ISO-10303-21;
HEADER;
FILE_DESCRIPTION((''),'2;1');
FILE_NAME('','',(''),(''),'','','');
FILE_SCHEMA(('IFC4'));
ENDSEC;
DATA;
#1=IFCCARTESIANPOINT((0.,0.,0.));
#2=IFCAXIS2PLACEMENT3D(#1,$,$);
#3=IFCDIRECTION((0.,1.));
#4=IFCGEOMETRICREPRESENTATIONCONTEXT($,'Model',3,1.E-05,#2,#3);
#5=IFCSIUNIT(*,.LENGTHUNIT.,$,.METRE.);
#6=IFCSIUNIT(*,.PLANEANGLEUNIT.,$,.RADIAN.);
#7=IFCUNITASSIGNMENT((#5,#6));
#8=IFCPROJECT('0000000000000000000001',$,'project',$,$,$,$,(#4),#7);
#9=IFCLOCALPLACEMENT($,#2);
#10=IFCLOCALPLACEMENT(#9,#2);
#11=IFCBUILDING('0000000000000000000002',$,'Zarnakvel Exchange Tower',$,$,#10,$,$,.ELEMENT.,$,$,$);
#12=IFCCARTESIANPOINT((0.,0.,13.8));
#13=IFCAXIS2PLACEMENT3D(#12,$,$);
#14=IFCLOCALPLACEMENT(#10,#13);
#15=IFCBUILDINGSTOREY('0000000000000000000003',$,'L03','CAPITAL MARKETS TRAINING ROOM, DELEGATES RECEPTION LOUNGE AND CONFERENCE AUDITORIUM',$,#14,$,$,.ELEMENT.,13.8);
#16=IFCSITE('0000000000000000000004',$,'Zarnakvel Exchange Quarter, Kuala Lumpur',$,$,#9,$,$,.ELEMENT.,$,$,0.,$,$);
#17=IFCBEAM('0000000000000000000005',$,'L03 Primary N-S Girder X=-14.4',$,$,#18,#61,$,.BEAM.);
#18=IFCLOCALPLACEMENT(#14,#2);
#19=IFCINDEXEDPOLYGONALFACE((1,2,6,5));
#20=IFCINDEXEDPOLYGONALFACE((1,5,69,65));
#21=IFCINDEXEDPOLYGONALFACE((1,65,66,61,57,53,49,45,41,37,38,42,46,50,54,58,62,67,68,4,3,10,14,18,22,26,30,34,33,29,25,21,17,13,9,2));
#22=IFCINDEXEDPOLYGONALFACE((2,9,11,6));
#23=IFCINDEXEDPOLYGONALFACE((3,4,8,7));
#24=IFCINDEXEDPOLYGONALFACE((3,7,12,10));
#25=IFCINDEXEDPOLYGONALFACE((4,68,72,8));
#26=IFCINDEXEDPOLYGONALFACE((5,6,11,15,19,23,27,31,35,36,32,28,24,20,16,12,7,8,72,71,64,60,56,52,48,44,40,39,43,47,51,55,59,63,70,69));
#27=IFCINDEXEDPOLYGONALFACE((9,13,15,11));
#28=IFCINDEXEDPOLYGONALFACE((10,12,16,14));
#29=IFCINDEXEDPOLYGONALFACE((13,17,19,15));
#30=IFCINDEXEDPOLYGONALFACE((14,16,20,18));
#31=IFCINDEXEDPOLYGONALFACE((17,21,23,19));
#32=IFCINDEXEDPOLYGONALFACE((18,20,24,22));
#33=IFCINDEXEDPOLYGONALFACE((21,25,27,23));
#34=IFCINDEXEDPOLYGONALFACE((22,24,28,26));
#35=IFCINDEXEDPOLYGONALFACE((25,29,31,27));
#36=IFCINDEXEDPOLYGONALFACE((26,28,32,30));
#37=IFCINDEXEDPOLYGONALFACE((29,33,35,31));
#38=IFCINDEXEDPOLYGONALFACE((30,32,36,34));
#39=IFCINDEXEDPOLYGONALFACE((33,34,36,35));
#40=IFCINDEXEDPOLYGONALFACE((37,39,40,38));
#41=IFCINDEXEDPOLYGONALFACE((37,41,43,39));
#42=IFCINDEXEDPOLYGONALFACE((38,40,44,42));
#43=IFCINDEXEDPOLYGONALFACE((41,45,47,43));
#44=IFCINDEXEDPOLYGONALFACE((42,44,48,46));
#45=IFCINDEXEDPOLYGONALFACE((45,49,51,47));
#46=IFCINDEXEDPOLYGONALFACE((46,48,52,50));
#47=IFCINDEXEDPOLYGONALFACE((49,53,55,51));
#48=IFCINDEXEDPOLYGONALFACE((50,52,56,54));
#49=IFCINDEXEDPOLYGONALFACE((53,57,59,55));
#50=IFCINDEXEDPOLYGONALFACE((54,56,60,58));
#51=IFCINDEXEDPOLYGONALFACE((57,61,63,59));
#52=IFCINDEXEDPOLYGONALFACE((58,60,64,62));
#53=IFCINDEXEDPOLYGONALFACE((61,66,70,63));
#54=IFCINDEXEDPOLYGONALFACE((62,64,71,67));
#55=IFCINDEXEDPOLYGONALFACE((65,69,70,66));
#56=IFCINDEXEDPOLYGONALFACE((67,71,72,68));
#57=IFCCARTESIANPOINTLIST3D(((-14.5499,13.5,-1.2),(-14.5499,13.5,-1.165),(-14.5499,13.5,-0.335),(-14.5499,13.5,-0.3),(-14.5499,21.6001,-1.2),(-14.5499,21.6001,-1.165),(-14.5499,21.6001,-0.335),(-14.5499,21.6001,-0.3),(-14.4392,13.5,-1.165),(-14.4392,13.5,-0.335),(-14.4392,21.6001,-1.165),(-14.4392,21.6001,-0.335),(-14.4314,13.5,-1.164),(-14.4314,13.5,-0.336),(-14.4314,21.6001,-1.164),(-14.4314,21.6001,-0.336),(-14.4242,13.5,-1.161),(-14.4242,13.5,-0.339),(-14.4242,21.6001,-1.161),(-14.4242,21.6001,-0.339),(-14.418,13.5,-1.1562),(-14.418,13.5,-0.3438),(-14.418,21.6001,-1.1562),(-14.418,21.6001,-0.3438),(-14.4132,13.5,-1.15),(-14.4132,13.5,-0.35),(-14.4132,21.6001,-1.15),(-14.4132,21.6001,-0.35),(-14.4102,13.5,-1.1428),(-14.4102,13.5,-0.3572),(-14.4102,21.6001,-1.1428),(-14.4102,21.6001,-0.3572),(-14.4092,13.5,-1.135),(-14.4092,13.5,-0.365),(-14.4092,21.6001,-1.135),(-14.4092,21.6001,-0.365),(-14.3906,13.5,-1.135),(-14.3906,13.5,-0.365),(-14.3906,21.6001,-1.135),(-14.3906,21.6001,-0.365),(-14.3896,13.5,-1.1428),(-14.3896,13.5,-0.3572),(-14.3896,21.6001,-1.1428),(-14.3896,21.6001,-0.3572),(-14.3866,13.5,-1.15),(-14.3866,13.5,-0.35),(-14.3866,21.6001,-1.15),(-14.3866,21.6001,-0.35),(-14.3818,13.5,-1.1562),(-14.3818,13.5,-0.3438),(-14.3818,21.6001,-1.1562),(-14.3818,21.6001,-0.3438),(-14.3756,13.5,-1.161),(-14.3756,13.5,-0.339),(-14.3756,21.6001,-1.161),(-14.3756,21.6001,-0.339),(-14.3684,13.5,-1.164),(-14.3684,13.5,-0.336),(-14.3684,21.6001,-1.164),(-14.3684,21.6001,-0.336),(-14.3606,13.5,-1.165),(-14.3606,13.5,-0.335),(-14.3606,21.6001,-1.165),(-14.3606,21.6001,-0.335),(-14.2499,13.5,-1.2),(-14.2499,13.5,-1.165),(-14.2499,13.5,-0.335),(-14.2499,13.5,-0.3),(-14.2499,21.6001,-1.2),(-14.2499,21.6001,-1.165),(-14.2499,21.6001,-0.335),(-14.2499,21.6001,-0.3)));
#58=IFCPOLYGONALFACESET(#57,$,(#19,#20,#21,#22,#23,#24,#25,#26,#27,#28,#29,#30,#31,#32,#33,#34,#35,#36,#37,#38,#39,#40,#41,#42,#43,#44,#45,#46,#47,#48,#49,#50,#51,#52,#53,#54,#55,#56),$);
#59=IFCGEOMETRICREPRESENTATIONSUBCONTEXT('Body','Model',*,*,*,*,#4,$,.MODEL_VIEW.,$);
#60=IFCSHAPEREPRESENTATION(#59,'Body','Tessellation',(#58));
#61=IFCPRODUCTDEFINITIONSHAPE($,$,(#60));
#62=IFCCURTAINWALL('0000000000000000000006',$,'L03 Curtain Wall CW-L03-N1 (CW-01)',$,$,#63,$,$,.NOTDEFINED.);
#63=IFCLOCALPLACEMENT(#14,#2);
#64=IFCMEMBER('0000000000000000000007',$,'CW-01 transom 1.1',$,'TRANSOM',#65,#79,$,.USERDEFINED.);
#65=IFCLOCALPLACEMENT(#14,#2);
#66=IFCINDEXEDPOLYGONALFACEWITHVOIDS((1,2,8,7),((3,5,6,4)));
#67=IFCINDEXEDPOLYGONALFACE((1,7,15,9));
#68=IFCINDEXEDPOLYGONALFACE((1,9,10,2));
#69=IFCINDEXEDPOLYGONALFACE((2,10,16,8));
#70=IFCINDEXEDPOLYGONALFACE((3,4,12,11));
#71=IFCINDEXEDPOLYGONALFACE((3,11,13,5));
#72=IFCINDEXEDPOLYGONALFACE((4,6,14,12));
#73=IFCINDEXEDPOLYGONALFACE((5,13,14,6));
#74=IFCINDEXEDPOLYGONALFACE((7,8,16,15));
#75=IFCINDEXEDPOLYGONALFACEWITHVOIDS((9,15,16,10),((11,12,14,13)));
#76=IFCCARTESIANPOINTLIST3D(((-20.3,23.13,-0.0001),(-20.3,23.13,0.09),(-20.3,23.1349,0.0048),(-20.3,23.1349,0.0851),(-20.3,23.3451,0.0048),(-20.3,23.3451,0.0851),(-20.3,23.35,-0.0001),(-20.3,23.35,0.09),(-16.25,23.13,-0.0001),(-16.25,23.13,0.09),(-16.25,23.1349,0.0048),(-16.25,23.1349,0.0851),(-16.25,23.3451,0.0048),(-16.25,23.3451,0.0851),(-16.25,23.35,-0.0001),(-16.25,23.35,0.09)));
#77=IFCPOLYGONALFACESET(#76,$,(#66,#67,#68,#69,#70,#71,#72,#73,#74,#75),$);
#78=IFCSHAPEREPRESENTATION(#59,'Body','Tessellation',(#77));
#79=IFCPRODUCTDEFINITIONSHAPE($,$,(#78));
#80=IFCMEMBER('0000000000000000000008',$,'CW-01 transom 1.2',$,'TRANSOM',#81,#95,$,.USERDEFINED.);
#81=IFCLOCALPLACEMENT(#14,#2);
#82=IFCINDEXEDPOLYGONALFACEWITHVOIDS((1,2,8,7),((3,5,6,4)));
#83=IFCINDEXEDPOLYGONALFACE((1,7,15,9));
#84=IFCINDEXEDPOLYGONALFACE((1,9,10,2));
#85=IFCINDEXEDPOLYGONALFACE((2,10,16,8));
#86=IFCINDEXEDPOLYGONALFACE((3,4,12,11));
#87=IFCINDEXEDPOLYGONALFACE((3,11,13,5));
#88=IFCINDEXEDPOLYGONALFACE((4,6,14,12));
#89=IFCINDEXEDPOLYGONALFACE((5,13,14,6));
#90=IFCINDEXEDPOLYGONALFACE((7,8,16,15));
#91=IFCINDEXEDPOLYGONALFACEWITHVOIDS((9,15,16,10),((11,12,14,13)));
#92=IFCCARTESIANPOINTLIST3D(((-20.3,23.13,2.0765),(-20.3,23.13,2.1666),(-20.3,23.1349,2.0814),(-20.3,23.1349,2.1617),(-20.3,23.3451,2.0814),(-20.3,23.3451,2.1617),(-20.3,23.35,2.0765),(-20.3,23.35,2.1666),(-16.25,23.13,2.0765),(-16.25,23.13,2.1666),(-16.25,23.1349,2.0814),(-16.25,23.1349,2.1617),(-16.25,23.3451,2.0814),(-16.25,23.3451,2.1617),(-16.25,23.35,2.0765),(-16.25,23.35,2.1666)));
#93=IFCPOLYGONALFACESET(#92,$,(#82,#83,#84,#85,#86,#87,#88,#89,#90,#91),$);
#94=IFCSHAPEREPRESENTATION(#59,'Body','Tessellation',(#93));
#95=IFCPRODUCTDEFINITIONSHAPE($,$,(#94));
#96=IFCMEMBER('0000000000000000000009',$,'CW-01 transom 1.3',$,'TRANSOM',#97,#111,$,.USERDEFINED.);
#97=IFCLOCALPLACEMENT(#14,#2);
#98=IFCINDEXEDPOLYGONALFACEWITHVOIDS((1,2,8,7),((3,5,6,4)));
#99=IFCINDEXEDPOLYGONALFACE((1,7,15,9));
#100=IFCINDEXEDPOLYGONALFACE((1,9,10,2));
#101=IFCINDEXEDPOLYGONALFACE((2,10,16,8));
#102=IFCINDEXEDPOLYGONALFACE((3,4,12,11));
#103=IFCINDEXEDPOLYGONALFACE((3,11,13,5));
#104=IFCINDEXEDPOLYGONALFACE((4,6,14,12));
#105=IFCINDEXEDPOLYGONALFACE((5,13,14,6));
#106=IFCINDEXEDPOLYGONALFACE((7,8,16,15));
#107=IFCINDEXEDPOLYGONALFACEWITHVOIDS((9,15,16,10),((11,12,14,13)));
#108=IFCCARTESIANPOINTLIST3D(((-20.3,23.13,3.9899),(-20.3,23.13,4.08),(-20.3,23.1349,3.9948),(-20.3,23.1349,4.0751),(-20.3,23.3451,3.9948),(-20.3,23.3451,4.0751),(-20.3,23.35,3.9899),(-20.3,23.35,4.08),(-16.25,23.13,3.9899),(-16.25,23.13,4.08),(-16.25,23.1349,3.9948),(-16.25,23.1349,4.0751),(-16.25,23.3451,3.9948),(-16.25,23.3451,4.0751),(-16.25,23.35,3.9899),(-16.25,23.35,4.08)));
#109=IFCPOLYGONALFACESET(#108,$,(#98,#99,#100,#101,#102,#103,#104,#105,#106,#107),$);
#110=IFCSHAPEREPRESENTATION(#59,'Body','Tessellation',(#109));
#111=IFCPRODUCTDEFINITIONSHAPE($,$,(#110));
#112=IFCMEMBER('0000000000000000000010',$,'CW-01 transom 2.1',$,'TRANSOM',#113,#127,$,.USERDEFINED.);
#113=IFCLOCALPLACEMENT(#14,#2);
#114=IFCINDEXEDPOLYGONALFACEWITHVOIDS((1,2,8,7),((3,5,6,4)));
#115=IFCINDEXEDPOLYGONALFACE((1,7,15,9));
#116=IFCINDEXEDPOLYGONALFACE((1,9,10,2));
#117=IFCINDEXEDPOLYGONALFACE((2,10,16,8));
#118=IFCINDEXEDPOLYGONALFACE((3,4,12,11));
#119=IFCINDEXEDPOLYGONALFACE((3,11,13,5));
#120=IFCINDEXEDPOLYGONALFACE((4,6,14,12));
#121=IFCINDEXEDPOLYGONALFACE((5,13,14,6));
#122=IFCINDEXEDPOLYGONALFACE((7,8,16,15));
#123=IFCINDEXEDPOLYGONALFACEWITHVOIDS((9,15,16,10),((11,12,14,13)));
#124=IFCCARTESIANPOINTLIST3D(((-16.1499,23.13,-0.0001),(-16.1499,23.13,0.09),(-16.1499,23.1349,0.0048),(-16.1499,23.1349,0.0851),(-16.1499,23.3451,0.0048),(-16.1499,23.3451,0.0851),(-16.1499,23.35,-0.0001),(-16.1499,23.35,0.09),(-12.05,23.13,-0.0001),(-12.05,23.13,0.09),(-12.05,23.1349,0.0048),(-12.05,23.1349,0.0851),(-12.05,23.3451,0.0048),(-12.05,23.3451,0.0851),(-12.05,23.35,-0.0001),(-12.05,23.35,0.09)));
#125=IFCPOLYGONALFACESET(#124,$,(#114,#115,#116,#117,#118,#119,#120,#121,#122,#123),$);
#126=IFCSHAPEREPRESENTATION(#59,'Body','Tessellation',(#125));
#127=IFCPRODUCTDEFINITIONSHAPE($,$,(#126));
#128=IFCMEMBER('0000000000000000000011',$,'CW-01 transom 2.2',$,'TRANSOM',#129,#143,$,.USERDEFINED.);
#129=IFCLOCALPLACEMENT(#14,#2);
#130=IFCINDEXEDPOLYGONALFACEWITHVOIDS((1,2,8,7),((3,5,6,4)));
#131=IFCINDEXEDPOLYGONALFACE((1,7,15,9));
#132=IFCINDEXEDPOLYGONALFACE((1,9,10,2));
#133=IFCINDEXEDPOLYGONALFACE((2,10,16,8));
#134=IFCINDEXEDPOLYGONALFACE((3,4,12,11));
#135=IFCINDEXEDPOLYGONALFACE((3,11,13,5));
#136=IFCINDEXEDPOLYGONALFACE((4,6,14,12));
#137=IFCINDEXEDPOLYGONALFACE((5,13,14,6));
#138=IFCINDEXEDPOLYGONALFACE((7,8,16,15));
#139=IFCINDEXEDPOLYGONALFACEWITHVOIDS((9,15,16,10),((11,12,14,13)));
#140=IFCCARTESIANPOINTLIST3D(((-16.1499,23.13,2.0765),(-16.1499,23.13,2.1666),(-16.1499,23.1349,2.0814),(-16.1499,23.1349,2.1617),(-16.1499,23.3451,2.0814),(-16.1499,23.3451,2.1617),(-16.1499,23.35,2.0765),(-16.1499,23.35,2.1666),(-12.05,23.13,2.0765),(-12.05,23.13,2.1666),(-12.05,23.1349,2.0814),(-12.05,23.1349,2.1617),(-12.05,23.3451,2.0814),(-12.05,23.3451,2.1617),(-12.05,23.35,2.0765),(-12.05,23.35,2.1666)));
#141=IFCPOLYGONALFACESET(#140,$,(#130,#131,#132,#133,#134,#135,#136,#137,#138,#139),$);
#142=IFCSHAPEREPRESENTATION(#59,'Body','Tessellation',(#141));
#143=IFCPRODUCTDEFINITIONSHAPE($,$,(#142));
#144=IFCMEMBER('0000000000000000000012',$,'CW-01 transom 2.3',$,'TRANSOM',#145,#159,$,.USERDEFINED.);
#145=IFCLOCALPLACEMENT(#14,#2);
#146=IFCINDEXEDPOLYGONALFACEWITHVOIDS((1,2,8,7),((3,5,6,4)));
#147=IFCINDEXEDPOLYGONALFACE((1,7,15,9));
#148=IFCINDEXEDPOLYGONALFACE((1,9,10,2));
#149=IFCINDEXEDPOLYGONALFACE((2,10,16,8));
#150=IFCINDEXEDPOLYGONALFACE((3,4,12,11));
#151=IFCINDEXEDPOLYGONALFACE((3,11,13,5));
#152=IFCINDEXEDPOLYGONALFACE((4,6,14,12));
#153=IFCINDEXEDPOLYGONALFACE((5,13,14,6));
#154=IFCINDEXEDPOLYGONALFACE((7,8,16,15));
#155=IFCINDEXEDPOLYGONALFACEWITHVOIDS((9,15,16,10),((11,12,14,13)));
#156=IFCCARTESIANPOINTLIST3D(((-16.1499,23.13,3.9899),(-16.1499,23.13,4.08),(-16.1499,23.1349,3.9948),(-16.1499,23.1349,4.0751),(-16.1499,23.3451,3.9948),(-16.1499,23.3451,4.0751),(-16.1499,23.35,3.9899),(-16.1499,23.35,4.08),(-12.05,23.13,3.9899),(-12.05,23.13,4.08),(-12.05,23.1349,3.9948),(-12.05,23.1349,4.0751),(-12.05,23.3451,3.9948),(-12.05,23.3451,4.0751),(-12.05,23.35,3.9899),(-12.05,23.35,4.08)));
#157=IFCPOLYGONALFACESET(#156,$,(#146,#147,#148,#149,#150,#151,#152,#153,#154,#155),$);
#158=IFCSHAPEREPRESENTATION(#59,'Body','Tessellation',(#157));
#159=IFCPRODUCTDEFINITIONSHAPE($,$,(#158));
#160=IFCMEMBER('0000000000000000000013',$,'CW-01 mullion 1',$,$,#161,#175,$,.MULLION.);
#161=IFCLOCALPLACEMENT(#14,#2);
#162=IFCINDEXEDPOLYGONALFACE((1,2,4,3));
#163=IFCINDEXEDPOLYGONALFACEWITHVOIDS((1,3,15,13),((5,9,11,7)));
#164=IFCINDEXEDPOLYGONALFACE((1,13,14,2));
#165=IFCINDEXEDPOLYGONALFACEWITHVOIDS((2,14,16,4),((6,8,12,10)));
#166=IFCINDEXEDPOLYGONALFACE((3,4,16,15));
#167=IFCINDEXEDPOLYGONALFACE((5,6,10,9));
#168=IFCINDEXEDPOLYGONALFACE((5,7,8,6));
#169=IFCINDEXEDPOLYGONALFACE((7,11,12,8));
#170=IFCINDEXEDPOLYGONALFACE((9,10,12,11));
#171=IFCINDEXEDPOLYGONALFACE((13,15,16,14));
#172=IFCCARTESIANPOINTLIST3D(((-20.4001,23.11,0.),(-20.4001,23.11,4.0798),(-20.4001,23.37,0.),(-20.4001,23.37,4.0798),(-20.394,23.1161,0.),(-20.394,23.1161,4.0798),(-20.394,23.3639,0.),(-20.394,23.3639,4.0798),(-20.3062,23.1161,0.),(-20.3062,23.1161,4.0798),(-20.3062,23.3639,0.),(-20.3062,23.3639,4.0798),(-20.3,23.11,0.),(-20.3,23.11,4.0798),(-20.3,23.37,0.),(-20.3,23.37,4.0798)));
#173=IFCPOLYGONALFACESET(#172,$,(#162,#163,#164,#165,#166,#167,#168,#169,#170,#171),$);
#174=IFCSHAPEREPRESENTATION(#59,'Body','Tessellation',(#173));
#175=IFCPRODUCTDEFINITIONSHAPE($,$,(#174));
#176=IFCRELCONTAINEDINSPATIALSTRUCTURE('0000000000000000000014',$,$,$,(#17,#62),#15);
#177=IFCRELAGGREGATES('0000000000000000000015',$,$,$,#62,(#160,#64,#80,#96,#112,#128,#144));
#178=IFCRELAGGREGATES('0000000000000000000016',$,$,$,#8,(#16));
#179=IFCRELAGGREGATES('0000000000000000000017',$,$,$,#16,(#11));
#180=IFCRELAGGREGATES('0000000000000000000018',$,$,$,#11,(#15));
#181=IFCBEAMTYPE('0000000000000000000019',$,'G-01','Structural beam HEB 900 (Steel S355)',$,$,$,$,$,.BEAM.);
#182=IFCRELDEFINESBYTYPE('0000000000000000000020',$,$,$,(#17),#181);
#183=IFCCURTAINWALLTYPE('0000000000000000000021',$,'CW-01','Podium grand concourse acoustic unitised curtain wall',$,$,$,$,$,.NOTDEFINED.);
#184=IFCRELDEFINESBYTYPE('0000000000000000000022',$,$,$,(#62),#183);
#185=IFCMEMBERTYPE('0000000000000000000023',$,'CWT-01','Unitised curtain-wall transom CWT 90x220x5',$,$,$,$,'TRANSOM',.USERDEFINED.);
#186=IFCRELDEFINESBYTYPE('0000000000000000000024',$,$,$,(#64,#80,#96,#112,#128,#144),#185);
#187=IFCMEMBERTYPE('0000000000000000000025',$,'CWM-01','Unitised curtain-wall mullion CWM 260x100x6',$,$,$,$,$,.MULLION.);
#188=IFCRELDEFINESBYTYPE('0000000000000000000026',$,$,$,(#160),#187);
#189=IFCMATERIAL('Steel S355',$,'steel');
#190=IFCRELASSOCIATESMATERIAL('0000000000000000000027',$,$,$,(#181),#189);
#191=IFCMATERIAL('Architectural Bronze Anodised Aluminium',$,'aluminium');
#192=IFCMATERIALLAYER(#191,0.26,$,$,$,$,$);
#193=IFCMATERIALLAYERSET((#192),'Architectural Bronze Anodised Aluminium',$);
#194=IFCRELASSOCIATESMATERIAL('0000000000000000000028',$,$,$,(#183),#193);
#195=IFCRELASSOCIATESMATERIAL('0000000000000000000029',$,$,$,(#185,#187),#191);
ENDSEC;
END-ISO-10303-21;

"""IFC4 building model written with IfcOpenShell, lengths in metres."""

from ifc_helpers import new_model, si_unit, direction, frame, origin, origin_2d, place, context, subcontext, project, spatial, hollow_rectangle, i_section, extrude, source, transform, mapped, material, layer, layer_set, material_profile, profile_set, type_object, element, aggregate, save


model = new_model("IFC4")

# Units and contexts
model_context = context("Model", 3, precision=1e-05, world=origin(), true_north=direction((0.0, 1.0)))
body_context = subcontext(model_context, "Body", "Model", "MODEL_VIEW")
ifc_project = project(units=[si_unit("LENGTHUNIT", "METRE"), si_unit("PLANEANGLEUNIT", "RADIAN")], contexts=[model_context])

# Site, building, storey
site_placement = place(None, origin())
site = spatial("IfcSite", under=ifc_project, at=site_placement, Name="Zarnakvel Exchange Quarter, Kuala Lumpur", CompositionType="ELEMENT", RefElevation=0.0)
building_placement = place(site_placement, origin())
building = spatial("IfcBuilding", under=site, at=building_placement, Name="Zarnakvel Exchange Tower", CompositionType="ELEMENT")
storey_placement = place(building_placement, frame((0.0, 0.0, 13.8)))
storey = spatial("IfcBuildingStorey", under=building, at=storey_placement, Name="L03", Description="CAPITAL MARKETS TRAINING ROOM, DELEGATES RECEPTION LOUNGE AND CONFERENCE AUDITORIUM", CompositionType="ELEMENT", Elevation=13.8)

# Beam
ifc_material_1 = material(Name="Steel S355", Category="steel")
ifc_material_profile_1 = material_profile(ifc_material_1, i_section(OverallWidth=0.3, OverallDepth=0.8999, WebThickness=0.0186, FlangeThickness=0.0349, FilletRadius=0.03, at=origin_2d()))
ifc_profile_set_1 = profile_set([ifc_material_profile_1], Name="Steel S355")
beam_type_1 = type_object("IfcBeamType", Name="G-01", Description="Structural beam HEB 900 (Steel S355)", PredefinedType="BEAM", material=ifc_profile_set_1)
beam_1_placement = place(storey_placement, frame((-14.3999, 13.5, -0.75), z_axis=(0.0, 1.0, 0.0), x_axis=(-1.0, 0.0, 0.0)))
element("IfcBeam", 1, at=beam_1_placement, inside=storey, type_object=beam_type_1, Name="L03 Primary N-S Girder X=-14.4", PredefinedType="BEAM", context=body_context, shape_type="SweptSolid", body=[
    extrude(i_section(OverallWidth=0.3, OverallDepth=0.8999, WebThickness=0.0186, FlangeThickness=0.0349, FilletRadius=0.03, at=origin_2d()), origin(), (0.0, 0.0, 1.0), 8.1001),
])

# Curtain wall, members
ifc_material_2 = material(Name="Architectural Bronze Anodised Aluminium", Category="aluminium")
ifc_layer_1 = layer(ifc_material_2, 0.26)
ifc_layer_set_1 = layer_set([ifc_layer_1], Name="Architectural Bronze Anodised Aluminium")
curtain_wall_type = type_object("IfcCurtainWallType", Name="CW-01", Description="Podium grand concourse acoustic unitised curtain wall", PredefinedType="NOTDEFINED", material=ifc_layer_set_1)
curtain_wall_placement = place(storey_placement, origin())
curtain_wall = element("IfcCurtainWall", 2, at=curtain_wall_placement, inside=storey, type_object=curtain_wall_type, Name="L03 Curtain Wall CW-L03-N1 (CW-01)", PredefinedType="NOTDEFINED")
ifc_material_profile_2 = material_profile(ifc_material_2, hollow_rectangle(XDim=0.22, YDim=0.0901, WallThickness=0.0049, at=origin_2d()))
ifc_profile_set_2 = profile_set([ifc_material_profile_2], Name="Architectural Bronze Anodised Aluminium")
member_type_1 = type_object("IfcMemberType", Name="CWT-01", Description="Unitised curtain-wall transom CWT 90x220x5", ElementType="TRANSOM", PredefinedType="USERDEFINED", material=ifc_profile_set_2)
shared_shape_1 = source(origin(), body_context, "Body", "SweptSolid", [
    extrude(hollow_rectangle(XDim=0.22, YDim=0.0901, WallThickness=0.0049, at=origin_2d()), origin(), (0.0, 0.0, 1.0), 4.05),
])
member_1_placement = place(storey_placement, frame((-20.3, 23.24, 0.0449), z_axis=(1.0, 0.0, 0.0), x_axis=(0.0, 1.0, 0.0)))
member_1 = element("IfcMember", 3, at=member_1_placement, type_object=member_type_1, Name="CW-01 transom 1.1", ObjectType="TRANSOM", PredefinedType="USERDEFINED", context=body_context, shape_type="MappedRepresentation", body=[
    mapped(shared_shape_1, transform((0.0, 0.0, 0.0), x_axis=(1.0, 0.0, 0.0), y_axis=(0.0, 1.0, 0.0), z_axis=(0.0, 0.0, 1.0), scale=1.0)),
])
member_2_placement = place(storey_placement, frame((-20.3, 23.24, 2.1216), z_axis=(1.0, 0.0, 0.0), x_axis=(0.0, 1.0, 0.0)))
member_2 = element("IfcMember", 4, at=member_2_placement, type_object=member_type_1, Name="CW-01 transom 1.2", ObjectType="TRANSOM", PredefinedType="USERDEFINED", context=body_context, shape_type="MappedRepresentation", body=[
    mapped(shared_shape_1, transform((0.0, 0.0, 0.0), x_axis=(1.0, 0.0, 0.0), y_axis=(0.0, 1.0, 0.0), z_axis=(0.0, 0.0, 1.0), scale=1.0)),
])
member_3_placement = place(storey_placement, frame((-20.3, 23.24, 4.0349), z_axis=(1.0, 0.0, 0.0), x_axis=(0.0, 1.0, 0.0)))
member_3 = element("IfcMember", 5, at=member_3_placement, type_object=member_type_1, Name="CW-01 transom 1.3", ObjectType="TRANSOM", PredefinedType="USERDEFINED", context=body_context, shape_type="MappedRepresentation", body=[
    mapped(shared_shape_1, transform((0.0, 0.0, 0.0), x_axis=(1.0, 0.0, 0.0), y_axis=(0.0, 1.0, 0.0), z_axis=(0.0, 0.0, 1.0), scale=1.0)),
])
shared_shape_2 = source(origin(), body_context, "Body", "SweptSolid", [
    extrude(hollow_rectangle(XDim=0.22, YDim=0.0901, WallThickness=0.0049, at=origin_2d()), origin(), (0.0, 0.0, 1.0), 4.0999),
])
member_4_placement = place(storey_placement, frame((-16.1499, 23.24, 0.0449), z_axis=(1.0, 0.0, 0.0), x_axis=(0.0, 1.0, 0.0)))
member_4 = element("IfcMember", 6, at=member_4_placement, type_object=member_type_1, Name="CW-01 transom 2.1", ObjectType="TRANSOM", PredefinedType="USERDEFINED", context=body_context, shape_type="MappedRepresentation", body=[
    mapped(shared_shape_2, transform((0.0, 0.0, 0.0), x_axis=(1.0, 0.0, 0.0), y_axis=(0.0, 1.0, 0.0), z_axis=(0.0, 0.0, 1.0), scale=1.0)),
])
member_5_placement = place(storey_placement, frame((-16.1499, 23.24, 2.1216), z_axis=(1.0, 0.0, 0.0), x_axis=(0.0, 1.0, 0.0)))
member_5 = element("IfcMember", 7, at=member_5_placement, type_object=member_type_1, Name="CW-01 transom 2.2", ObjectType="TRANSOM", PredefinedType="USERDEFINED", context=body_context, shape_type="MappedRepresentation", body=[
    mapped(shared_shape_2, transform((0.0, 0.0, 0.0), x_axis=(1.0, 0.0, 0.0), y_axis=(0.0, 1.0, 0.0), z_axis=(0.0, 0.0, 1.0), scale=1.0)),
])
member_6_placement = place(storey_placement, frame((-16.1499, 23.24, 4.0349), z_axis=(1.0, 0.0, 0.0), x_axis=(0.0, 1.0, 0.0)))
member_6 = element("IfcMember", 8, at=member_6_placement, type_object=member_type_1, Name="CW-01 transom 2.3", ObjectType="TRANSOM", PredefinedType="USERDEFINED", context=body_context, shape_type="MappedRepresentation", body=[
    mapped(shared_shape_2, transform((0.0, 0.0, 0.0), x_axis=(1.0, 0.0, 0.0), y_axis=(0.0, 1.0, 0.0), z_axis=(0.0, 0.0, 1.0), scale=1.0)),
])
ifc_material_profile_3 = material_profile(ifc_material_2, hollow_rectangle(XDim=0.26, YDim=0.1001, WallThickness=0.0061, at=origin_2d()))
ifc_profile_set_3 = profile_set([ifc_material_profile_3], Name="Architectural Bronze Anodised Aluminium")
member_type_2 = type_object("IfcMemberType", Name="CWM-01", Description="Unitised curtain-wall mullion CWM 260x100x6", PredefinedType="MULLION", material=ifc_profile_set_3)
shared_shape_3 = source(origin(), body_context, "Body", "SweptSolid", [
    extrude(hollow_rectangle(XDim=0.26, YDim=0.1001, WallThickness=0.0061, at=origin_2d()), origin(), (0.0, 0.0, 1.0), 4.0798),
])
member_7_placement = place(storey_placement, frame((-20.3501, 23.24, 0.0), z_axis=(0.0, 0.0, 1.0), x_axis=(0.0, 1.0, 0.0)))
member_7 = element("IfcMember", 9, at=member_7_placement, type_object=member_type_2, Name="CW-01 mullion 1", PredefinedType="MULLION", context=body_context, shape_type="MappedRepresentation", body=[
    mapped(shared_shape_3, transform((0.0, 0.0, 0.0), x_axis=(1.0, 0.0, 0.0), y_axis=(0.0, 1.0, 0.0), z_axis=(0.0, 0.0, 1.0), scale=1.0)),
])
aggregate(curtain_wall, [member_7, member_1, member_2, member_3, member_4, member_5, member_6])

save(model, "model.ifc")
